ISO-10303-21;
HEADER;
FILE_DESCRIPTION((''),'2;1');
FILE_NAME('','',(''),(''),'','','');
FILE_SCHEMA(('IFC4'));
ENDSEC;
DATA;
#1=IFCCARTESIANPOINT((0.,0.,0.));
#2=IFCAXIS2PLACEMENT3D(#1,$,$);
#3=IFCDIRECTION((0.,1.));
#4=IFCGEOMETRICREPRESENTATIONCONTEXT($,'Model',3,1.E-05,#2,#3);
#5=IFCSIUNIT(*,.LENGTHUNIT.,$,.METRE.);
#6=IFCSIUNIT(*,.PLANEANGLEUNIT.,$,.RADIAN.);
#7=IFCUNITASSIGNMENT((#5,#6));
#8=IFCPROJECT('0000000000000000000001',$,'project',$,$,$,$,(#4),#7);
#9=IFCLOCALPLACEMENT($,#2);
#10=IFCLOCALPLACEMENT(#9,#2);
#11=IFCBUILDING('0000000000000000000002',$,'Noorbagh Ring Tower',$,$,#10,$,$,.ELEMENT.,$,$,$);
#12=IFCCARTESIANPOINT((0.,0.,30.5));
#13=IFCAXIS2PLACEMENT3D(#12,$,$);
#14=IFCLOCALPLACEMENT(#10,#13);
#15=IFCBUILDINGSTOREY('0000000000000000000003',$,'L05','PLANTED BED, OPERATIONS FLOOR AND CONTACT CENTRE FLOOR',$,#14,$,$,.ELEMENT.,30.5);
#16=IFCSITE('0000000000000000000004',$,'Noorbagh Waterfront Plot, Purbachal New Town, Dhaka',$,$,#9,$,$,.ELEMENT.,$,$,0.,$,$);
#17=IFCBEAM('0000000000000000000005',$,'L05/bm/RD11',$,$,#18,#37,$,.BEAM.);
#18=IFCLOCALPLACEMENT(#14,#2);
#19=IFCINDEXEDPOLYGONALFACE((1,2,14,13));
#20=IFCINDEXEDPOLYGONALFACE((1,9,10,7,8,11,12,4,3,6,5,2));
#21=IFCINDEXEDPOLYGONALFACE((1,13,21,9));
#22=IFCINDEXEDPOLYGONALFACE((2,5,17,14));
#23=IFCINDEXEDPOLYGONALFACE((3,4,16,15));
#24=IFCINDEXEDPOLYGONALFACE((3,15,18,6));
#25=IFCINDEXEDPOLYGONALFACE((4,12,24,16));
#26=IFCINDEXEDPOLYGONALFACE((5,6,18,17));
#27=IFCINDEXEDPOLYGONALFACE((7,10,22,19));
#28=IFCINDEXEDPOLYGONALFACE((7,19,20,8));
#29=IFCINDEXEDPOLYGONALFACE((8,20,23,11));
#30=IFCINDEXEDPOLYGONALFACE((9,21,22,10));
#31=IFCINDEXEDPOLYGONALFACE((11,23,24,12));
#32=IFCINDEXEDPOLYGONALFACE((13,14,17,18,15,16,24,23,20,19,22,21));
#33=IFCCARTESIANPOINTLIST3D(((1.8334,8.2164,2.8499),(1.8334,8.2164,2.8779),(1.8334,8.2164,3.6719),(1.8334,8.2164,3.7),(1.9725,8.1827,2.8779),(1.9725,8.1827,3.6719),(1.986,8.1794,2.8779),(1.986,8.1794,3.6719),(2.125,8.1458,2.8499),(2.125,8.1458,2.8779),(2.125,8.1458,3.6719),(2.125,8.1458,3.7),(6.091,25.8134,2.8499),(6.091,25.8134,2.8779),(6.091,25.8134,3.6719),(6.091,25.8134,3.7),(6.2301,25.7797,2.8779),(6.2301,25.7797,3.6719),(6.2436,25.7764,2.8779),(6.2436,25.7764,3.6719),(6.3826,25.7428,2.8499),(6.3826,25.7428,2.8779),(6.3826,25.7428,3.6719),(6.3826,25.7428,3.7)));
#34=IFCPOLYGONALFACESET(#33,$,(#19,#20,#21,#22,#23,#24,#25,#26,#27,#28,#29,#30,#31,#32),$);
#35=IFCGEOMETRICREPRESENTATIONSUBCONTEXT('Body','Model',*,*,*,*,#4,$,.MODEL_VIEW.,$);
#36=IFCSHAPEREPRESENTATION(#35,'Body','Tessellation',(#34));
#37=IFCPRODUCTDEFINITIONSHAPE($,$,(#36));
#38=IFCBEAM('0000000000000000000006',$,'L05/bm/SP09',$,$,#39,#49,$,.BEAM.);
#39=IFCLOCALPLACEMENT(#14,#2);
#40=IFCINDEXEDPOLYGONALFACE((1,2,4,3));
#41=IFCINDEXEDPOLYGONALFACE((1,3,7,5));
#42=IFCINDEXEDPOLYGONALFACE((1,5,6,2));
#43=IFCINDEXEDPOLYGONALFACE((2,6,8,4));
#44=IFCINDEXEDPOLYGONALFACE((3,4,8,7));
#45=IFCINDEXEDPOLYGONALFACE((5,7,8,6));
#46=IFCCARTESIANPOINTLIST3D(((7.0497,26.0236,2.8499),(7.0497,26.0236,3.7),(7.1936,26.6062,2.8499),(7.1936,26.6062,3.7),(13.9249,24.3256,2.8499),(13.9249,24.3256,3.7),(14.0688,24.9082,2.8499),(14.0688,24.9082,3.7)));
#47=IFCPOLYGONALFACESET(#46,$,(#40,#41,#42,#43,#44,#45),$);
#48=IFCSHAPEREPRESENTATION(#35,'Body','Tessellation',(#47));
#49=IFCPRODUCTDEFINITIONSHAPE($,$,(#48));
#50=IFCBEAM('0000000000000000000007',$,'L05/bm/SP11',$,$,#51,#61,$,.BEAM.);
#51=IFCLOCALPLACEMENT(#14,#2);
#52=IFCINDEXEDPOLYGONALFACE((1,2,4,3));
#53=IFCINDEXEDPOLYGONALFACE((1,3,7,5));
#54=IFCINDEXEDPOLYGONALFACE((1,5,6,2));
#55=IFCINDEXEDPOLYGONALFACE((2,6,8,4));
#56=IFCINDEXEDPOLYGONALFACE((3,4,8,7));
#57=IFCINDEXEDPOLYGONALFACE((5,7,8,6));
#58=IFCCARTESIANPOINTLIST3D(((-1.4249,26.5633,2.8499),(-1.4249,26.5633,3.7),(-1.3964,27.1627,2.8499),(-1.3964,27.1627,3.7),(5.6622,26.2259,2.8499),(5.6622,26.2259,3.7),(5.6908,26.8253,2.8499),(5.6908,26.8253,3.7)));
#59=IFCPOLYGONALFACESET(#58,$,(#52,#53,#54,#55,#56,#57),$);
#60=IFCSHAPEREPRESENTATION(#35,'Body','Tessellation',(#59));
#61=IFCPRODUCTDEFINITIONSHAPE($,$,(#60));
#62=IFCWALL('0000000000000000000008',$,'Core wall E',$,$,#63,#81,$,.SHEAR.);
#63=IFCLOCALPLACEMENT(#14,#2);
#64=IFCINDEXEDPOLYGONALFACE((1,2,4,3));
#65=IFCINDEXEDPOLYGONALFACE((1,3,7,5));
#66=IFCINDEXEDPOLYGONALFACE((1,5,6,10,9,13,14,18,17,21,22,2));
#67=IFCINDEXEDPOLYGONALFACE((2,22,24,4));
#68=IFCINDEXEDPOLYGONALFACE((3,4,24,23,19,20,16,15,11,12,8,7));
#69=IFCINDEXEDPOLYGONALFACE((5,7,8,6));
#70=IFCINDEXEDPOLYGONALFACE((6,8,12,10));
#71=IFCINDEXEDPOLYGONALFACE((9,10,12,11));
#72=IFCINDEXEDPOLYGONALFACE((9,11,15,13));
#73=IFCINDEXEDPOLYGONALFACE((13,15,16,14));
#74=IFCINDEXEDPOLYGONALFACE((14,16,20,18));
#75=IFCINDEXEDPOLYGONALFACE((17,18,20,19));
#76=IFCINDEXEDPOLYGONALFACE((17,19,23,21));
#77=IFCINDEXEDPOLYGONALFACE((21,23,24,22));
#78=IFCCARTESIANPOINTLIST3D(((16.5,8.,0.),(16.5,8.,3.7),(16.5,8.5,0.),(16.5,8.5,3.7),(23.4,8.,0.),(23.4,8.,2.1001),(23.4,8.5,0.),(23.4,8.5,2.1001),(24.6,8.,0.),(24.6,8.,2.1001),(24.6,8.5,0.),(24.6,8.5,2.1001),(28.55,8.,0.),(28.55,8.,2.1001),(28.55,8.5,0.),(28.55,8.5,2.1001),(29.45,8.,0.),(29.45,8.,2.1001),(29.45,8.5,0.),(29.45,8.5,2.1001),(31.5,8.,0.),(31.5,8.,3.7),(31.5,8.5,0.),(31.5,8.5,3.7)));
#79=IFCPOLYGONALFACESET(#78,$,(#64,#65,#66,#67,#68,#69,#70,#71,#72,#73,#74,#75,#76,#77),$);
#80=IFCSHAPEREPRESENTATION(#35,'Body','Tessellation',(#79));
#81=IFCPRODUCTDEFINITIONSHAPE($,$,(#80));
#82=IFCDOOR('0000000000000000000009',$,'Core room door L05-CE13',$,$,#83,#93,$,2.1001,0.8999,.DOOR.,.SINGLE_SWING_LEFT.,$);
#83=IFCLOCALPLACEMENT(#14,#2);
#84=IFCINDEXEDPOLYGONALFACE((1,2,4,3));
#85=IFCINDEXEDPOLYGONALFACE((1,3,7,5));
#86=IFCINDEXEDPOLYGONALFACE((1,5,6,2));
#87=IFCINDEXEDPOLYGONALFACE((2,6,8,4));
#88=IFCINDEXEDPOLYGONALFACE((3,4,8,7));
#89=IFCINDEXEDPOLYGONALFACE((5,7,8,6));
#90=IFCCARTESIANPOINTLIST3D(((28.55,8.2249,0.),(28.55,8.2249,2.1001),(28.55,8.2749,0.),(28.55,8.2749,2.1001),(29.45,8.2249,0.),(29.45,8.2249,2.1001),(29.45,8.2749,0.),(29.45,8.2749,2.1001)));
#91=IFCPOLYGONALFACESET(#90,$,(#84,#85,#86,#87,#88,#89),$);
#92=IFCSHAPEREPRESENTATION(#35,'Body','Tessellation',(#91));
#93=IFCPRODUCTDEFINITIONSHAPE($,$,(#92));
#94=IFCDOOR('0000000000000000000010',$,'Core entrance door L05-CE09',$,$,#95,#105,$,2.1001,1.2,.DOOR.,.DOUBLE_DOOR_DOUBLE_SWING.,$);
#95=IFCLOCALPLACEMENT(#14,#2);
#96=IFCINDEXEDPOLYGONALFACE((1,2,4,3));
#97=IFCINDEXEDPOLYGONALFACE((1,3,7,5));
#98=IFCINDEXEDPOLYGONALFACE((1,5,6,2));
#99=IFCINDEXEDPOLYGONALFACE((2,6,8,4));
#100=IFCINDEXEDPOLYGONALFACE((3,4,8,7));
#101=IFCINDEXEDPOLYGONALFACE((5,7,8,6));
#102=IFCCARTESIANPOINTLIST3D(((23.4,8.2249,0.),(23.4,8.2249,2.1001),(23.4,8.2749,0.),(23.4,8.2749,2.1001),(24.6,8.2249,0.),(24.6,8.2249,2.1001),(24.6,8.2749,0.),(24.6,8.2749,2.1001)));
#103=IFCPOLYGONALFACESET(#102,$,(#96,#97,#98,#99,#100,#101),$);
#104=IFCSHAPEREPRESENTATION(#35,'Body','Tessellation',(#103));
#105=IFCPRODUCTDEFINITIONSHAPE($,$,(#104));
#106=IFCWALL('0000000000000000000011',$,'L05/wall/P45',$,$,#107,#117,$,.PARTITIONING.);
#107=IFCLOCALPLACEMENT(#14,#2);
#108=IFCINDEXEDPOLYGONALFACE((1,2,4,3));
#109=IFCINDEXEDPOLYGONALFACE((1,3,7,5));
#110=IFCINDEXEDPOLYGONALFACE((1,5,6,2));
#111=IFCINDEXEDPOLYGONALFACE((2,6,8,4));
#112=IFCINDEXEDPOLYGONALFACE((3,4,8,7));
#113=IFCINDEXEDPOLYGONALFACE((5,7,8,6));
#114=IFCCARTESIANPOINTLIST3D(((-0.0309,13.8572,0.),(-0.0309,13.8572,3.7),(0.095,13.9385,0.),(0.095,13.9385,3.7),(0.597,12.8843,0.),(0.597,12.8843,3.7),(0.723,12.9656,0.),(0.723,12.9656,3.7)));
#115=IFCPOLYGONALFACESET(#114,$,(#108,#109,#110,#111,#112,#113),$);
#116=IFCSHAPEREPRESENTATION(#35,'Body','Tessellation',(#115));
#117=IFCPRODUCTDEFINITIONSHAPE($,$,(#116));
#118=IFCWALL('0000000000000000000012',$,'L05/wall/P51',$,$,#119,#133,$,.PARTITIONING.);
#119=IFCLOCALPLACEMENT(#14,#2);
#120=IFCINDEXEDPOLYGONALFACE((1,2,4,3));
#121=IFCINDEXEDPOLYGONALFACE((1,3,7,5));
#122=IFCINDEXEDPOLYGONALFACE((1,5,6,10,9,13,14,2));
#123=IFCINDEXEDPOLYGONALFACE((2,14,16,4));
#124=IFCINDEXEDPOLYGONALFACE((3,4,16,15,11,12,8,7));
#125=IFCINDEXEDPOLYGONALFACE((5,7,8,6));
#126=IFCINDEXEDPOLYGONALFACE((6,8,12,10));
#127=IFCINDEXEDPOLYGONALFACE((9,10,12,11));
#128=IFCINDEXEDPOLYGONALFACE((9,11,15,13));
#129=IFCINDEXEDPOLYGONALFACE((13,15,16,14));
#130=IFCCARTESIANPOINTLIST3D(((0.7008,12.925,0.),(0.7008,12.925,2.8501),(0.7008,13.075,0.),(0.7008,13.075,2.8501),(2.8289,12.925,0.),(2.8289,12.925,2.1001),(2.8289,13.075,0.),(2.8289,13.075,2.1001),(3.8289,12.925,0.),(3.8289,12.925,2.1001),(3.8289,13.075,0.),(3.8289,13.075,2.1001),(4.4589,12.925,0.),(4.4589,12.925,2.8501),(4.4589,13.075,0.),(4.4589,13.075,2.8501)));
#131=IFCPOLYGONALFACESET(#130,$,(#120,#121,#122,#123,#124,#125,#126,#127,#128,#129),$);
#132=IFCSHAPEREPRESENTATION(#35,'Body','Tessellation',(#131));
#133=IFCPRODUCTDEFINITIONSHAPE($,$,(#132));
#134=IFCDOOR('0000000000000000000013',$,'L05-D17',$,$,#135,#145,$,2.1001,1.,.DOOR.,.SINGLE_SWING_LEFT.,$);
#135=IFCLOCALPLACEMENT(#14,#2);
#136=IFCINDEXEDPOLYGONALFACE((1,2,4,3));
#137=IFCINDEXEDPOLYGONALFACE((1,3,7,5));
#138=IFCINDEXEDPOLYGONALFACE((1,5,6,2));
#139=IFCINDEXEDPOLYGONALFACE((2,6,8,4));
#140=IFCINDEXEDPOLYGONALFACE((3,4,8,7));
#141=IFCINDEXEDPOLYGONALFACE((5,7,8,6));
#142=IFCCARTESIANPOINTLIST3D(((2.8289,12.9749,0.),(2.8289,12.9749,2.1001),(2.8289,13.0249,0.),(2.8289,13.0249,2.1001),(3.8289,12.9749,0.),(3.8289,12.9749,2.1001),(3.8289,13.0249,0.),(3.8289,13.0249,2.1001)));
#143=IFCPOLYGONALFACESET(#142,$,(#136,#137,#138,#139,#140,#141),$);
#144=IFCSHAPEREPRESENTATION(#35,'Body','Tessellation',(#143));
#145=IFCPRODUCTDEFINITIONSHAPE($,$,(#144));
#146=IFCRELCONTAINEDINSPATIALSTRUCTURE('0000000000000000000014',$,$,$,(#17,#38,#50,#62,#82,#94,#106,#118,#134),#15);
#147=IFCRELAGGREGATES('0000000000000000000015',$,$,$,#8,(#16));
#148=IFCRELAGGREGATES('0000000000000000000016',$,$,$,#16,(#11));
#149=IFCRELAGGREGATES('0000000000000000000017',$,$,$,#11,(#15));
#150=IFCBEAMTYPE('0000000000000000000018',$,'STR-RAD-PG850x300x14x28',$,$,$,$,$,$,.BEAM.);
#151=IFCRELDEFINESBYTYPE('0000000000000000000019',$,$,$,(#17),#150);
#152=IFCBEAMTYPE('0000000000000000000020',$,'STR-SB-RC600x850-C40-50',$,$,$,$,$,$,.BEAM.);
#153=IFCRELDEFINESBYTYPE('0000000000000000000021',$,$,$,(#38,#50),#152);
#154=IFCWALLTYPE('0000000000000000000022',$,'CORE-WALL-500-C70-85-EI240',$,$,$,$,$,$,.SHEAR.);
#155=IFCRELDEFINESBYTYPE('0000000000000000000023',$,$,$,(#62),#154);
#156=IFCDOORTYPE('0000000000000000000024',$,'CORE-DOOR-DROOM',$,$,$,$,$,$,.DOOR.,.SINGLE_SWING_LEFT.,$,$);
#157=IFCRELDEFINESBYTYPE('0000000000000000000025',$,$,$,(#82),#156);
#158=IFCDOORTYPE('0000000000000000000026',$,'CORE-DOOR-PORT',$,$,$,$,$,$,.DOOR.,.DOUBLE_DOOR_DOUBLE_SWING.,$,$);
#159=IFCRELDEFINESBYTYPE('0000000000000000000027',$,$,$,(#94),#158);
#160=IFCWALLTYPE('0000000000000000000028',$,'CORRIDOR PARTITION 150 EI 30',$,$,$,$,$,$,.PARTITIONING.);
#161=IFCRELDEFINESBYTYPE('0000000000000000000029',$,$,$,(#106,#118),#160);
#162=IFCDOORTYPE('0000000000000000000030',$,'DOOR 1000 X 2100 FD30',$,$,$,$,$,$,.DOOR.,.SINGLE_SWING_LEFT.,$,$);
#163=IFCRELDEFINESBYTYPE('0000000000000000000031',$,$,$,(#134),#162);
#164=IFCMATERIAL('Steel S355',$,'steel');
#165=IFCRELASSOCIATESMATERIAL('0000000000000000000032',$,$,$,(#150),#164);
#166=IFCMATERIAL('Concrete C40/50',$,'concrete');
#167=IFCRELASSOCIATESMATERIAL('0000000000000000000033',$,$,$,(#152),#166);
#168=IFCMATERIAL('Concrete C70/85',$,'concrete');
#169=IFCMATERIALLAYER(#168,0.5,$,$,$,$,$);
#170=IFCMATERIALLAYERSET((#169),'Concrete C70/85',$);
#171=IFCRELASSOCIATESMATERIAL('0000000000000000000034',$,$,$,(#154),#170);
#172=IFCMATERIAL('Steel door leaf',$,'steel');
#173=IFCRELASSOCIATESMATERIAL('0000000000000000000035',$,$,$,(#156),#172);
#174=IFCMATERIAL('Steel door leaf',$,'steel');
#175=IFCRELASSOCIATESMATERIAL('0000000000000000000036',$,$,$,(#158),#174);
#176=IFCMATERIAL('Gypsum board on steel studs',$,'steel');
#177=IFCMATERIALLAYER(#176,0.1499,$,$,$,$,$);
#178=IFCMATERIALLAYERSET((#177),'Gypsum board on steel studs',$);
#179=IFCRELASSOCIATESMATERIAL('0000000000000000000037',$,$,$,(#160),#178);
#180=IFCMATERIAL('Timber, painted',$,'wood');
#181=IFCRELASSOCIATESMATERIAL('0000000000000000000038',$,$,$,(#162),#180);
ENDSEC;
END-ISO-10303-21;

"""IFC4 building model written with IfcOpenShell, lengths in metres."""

from ifc_helpers import new_model, si_unit, direction, frame, frame_2d, origin, origin_2d, place, context, subcontext, project, spatial, rectangle, i_section, extrude, material, layer, layer_set, material_profile, profile_set, type_object, element, fill, save


model = new_model("IFC4")

# Units and contexts
model_context = context("Model", 3, precision=1e-05, world=origin(), true_north=direction((0.0, 1.0)))
body_context = subcontext(model_context, "Body", "Model", "MODEL_VIEW")
ifc_project = project(units=[si_unit("LENGTHUNIT", "METRE"), si_unit("PLANEANGLEUNIT", "RADIAN")], contexts=[model_context])

# Site, building, storey
site_placement = place(None, origin())
site = spatial("IfcSite", under=ifc_project, at=site_placement, Name="Noorbagh Waterfront Plot, Purbachal New Town, Dhaka", CompositionType="ELEMENT", RefElevation=0.0)
building_placement = place(site_placement, origin())
building = spatial("IfcBuilding", under=site, at=building_placement, Name="Noorbagh Ring Tower", CompositionType="ELEMENT")
storey_placement = place(building_placement, frame((0.0, 0.0, 30.5)))
storey = spatial("IfcBuildingStorey", under=building, at=storey_placement, Name="L05", Description="PLANTED BED, OPERATIONS FLOOR AND CONTACT CENTRE FLOOR", CompositionType="ELEMENT", Elevation=30.5)

# Beams
ifc_material_1 = material(Name="Steel S355", Category="steel")
ifc_material_profile_1 = material_profile(ifc_material_1, i_section(OverallWidth=0.3, OverallDepth=0.8501, WebThickness=0.0139, FlangeThickness=0.0281, at=origin_2d()), Name="PG850x300x14x28")
ifc_profile_set_1 = profile_set([ifc_material_profile_1], Name="Steel S355")
beam_type_1 = type_object("IfcBeamType", Name="STR-RAD-PG850x300x14x28", PredefinedType="BEAM", material=ifc_profile_set_1)
beam_1_placement = place(storey_placement, frame((6.2368, 25.7781, 3.2749), z_axis=(-0.235164, -0.971956, 0.0), x_axis=(0.971956, -0.235164, 0.0)))
element("IfcBeam", 1, at=beam_1_placement, inside=storey, type_object=beam_type_1, Name="L05/bm/RD11", PredefinedType="BEAM", context=body_context, shape_type="SweptSolid", body=[
    extrude(i_section(OverallWidth=0.3, OverallDepth=0.8501, WebThickness=0.0139, FlangeThickness=0.0281, at=origin_2d()), origin(), (0.0, 0.0, 1.0), 18.1047),
])
ifc_material_2 = material(Name="Concrete C40/50", Category="concrete")
ifc_material_profile_2 = material_profile(ifc_material_2, rectangle(XDim=0.6001, YDim=0.8501, at=origin_2d()), Name="RC600x850")
ifc_profile_set_2 = profile_set([ifc_material_profile_2], Name="Concrete C40/50")
beam_type_2 = type_object("IfcBeamType", Name="STR-SB-RC600x850-C40-50", PredefinedType="BEAM", material=ifc_profile_set_2)
beam_2_placement = place(storey_placement, frame((13.9968, 24.6169, 3.2749), z_axis=(-0.97083, 0.239769, 0.0), x_axis=(-0.239769, -0.97083, 0.0)))
element("IfcBeam", 2, at=beam_2_placement, inside=storey, type_object=beam_type_2, Name="L05/bm/SP09", PredefinedType="BEAM", context=body_context, shape_type="SweptSolid", body=[
    extrude(rectangle(XDim=0.6001, YDim=0.8501, at=origin_2d()), origin(), (0.0, 0.0, 1.0), 7.0818),
])
beam_3_placement = place(storey_placement, frame((5.6765, 26.5256, 3.2749), z_axis=(-0.998869, 0.047554, 0.0), x_axis=(-0.047554, -0.998869, 0.0)))
element("IfcBeam", 3, at=beam_3_placement, inside=storey, type_object=beam_type_2, Name="L05/bm/SP11", PredefinedType="BEAM", context=body_context, shape_type="SweptSolid", body=[
    extrude(rectangle(XDim=0.6001, YDim=0.8501, at=origin_2d()), origin(), (0.0, 0.0, 1.0), 7.0952),
])

# Wall, openings, doors
ifc_material_3 = material(Name="Concrete C70/85", Category="concrete")
ifc_layer_1 = layer(ifc_material_3, 0.5)
ifc_layer_set_1 = layer_set([ifc_layer_1], Name="Concrete C70/85")
wall_type_1 = type_object("IfcWallType", Name="CORE-WALL-500-C70-85-EI240", PredefinedType="SHEAR", material=ifc_layer_set_1)
wall_1_placement = place(storey_placement, frame((16.5, 8.25, 0.0), z_axis=(0.0, 0.0, 1.0), x_axis=(1.0, 0.0, 0.0)))
wall_1 = element("IfcWall", 4, at=wall_1_placement, inside=storey, type_object=wall_type_1, Name="Core wall E", PredefinedType="SHEAR", context=body_context, shape_type="SweptSolid", body=[
    extrude(rectangle(XDim=15.0, YDim=0.5, at=frame_2d((7.5, 0.0))), origin(), (0.0, 0.0, 1.0), 3.7),
])
opening_1_placement = place(wall_1_placement, frame((6.8999, 0.0, 0.0)))
opening_1 = element("IfcOpeningElement", 5, at=opening_1_placement, cuts=wall_1, PredefinedType="OPENING", context=body_context, shape_type="SweptSolid", body=[
    extrude(rectangle(XDim=1.2, YDim=2.1001, at=frame_2d((0.6001, 1.05))), frame((0.0, 0.26, 0.0), z_axis=(0.0, -1.0, 0.0), x_axis=(1.0, 0.0, 0.0)), (0.0, 0.0, 1.0), 0.52),
])
opening_2_placement = place(wall_1_placement, frame((12.05, 0.0, 0.0)))
opening_2 = element("IfcOpeningElement", 6, at=opening_2_placement, cuts=wall_1, PredefinedType="OPENING", context=body_context, shape_type="SweptSolid", body=[
    extrude(rectangle(XDim=0.8999, YDim=2.1001, at=frame_2d((0.45, 1.05))), frame((0.0, 0.26, 0.0), z_axis=(0.0, -1.0, 0.0), x_axis=(1.0, 0.0, 0.0)), (0.0, 0.0, 1.0), 0.52),
])
ifc_material_4 = material(Name="Steel door leaf", Category="steel")
door_type_1 = type_object("IfcDoorType", Name="CORE-DOOR-DROOM", OperationType="SINGLE_SWING_LEFT", PredefinedType="DOOR", material=ifc_material_4)
door_1_placement = place(opening_2_placement, origin())
door_1 = element("IfcDoor", 7, at=door_1_placement, inside=storey, type_object=door_type_1, Name="Core room door L05-CE13", OperationType="SINGLE_SWING_LEFT", OverallHeight=2.1001, OverallWidth=0.8999, PredefinedType="DOOR", context=body_context, shape_type="SweptSolid", body=[
    extrude(rectangle(XDim=0.8999, YDim=2.1001, at=frame_2d((0.45, 1.05))), frame((0.0, 0.0249, 0.0), z_axis=(0.0, -1.0, 0.0), x_axis=(1.0, 0.0, 0.0)), (0.0, 0.0, 1.0), 0.05),
])
fill(opening_2, door_1)
ifc_material_5 = material(Name="Steel door leaf", Category="steel")
door_type_2 = type_object("IfcDoorType", Name="CORE-DOOR-PORT", OperationType="DOUBLE_DOOR_DOUBLE_SWING", PredefinedType="DOOR", material=ifc_material_5)
door_2_placement = place(opening_1_placement, origin())
door_2 = element("IfcDoor", 8, at=door_2_placement, inside=storey, type_object=door_type_2, Name="Core entrance door L05-CE09", OperationType="DOUBLE_DOOR_DOUBLE_SWING", OverallHeight=2.1001, OverallWidth=1.2, PredefinedType="DOOR", context=body_context, shape_type="SweptSolid", body=[
    extrude(rectangle(XDim=1.2, YDim=2.1001, at=frame_2d((0.6001, 1.05))), frame((0.0, 0.0249, 0.0), z_axis=(0.0, -1.0, 0.0), x_axis=(1.0, 0.0, 0.0)), (0.0, 0.0, 1.0), 0.05),
])
fill(opening_1, door_2)

# Wall
ifc_material_6 = material(Name="Gypsum board on steel studs", Category="steel")
ifc_layer_2 = layer(ifc_material_6, 0.1499)
ifc_layer_set_2 = layer_set([ifc_layer_2], Name="Gypsum board on steel studs")
wall_type_2 = type_object("IfcWallType", Name="CORRIDOR PARTITION 150 EI 30", PredefinedType="PARTITIONING", material=ifc_layer_set_2)
wall_2_placement = place(storey_placement, frame((0.032, 13.8979, 0.0), z_axis=(0.0, 0.0, 1.0), x_axis=(0.542281, -0.840197, 0.0)))
element("IfcWall", 9, at=wall_2_placement, inside=storey, type_object=wall_type_2, Name="L05/wall/P45", PredefinedType="PARTITIONING", context=body_context, shape_type="SweptSolid", body=[
    extrude(rectangle(XDim=1.158, YDim=0.1499, at=frame_2d((0.5791, 0.0))), origin(), (0.0, 0.0, 1.0), 3.7),
])

# Wall, opening, door
wall_3_placement = place(storey_placement, frame((0.7009, 13.0, 0.0), z_axis=(0.0, 0.0, 1.0), x_axis=(1.0, 0.0, 0.0)))
wall_3 = element("IfcWall", 10, at=wall_3_placement, inside=storey, type_object=wall_type_2, Name="L05/wall/P51", PredefinedType="PARTITIONING", context=body_context, shape_type="SweptSolid", body=[
    extrude(rectangle(XDim=3.7581, YDim=0.1499, at=frame_2d((1.8789, 0.0))), origin(), (0.0, 0.0, 1.0), 2.8501),
])
opening_3_placement = place(wall_3_placement, frame((2.1279, 0.0, 0.0)))
opening_3 = element("IfcOpeningElement", 11, at=opening_3_placement, cuts=wall_3, PredefinedType="OPENING", context=body_context, shape_type="SweptSolid", body=[
    extrude(rectangle(XDim=1.0, YDim=2.1001, at=frame_2d((0.5, 1.05))), frame((0.0, 0.085, 0.0), z_axis=(0.0, -1.0, 0.0), x_axis=(1.0, 0.0, 0.0)), (0.0, 0.0, 1.0), 0.1699),
])
ifc_material_7 = material(Name="Timber, painted", Category="wood")
door_type_3 = type_object("IfcDoorType", Name="DOOR 1000 X 2100 FD30", OperationType="SINGLE_SWING_LEFT", PredefinedType="DOOR", material=ifc_material_7)
door_3_placement = place(opening_3_placement, origin())
door_3 = element("IfcDoor", 12, at=door_3_placement, inside=storey, type_object=door_type_3, Name="L05-D17", OperationType="SINGLE_SWING_LEFT", OverallHeight=2.1001, OverallWidth=1.0, PredefinedType="DOOR", context=body_context, shape_type="SweptSolid", body=[
    extrude(rectangle(XDim=1.0, YDim=2.1001, at=frame_2d((0.5, 1.05))), frame((0.0, 0.0249, 0.0), z_axis=(0.0, -1.0, 0.0), x_axis=(1.0, 0.0, 0.0)), (0.0, 0.0, 1.0), 0.05),
])
fill(opening_3, door_3)

save(model, "model.ifc")
